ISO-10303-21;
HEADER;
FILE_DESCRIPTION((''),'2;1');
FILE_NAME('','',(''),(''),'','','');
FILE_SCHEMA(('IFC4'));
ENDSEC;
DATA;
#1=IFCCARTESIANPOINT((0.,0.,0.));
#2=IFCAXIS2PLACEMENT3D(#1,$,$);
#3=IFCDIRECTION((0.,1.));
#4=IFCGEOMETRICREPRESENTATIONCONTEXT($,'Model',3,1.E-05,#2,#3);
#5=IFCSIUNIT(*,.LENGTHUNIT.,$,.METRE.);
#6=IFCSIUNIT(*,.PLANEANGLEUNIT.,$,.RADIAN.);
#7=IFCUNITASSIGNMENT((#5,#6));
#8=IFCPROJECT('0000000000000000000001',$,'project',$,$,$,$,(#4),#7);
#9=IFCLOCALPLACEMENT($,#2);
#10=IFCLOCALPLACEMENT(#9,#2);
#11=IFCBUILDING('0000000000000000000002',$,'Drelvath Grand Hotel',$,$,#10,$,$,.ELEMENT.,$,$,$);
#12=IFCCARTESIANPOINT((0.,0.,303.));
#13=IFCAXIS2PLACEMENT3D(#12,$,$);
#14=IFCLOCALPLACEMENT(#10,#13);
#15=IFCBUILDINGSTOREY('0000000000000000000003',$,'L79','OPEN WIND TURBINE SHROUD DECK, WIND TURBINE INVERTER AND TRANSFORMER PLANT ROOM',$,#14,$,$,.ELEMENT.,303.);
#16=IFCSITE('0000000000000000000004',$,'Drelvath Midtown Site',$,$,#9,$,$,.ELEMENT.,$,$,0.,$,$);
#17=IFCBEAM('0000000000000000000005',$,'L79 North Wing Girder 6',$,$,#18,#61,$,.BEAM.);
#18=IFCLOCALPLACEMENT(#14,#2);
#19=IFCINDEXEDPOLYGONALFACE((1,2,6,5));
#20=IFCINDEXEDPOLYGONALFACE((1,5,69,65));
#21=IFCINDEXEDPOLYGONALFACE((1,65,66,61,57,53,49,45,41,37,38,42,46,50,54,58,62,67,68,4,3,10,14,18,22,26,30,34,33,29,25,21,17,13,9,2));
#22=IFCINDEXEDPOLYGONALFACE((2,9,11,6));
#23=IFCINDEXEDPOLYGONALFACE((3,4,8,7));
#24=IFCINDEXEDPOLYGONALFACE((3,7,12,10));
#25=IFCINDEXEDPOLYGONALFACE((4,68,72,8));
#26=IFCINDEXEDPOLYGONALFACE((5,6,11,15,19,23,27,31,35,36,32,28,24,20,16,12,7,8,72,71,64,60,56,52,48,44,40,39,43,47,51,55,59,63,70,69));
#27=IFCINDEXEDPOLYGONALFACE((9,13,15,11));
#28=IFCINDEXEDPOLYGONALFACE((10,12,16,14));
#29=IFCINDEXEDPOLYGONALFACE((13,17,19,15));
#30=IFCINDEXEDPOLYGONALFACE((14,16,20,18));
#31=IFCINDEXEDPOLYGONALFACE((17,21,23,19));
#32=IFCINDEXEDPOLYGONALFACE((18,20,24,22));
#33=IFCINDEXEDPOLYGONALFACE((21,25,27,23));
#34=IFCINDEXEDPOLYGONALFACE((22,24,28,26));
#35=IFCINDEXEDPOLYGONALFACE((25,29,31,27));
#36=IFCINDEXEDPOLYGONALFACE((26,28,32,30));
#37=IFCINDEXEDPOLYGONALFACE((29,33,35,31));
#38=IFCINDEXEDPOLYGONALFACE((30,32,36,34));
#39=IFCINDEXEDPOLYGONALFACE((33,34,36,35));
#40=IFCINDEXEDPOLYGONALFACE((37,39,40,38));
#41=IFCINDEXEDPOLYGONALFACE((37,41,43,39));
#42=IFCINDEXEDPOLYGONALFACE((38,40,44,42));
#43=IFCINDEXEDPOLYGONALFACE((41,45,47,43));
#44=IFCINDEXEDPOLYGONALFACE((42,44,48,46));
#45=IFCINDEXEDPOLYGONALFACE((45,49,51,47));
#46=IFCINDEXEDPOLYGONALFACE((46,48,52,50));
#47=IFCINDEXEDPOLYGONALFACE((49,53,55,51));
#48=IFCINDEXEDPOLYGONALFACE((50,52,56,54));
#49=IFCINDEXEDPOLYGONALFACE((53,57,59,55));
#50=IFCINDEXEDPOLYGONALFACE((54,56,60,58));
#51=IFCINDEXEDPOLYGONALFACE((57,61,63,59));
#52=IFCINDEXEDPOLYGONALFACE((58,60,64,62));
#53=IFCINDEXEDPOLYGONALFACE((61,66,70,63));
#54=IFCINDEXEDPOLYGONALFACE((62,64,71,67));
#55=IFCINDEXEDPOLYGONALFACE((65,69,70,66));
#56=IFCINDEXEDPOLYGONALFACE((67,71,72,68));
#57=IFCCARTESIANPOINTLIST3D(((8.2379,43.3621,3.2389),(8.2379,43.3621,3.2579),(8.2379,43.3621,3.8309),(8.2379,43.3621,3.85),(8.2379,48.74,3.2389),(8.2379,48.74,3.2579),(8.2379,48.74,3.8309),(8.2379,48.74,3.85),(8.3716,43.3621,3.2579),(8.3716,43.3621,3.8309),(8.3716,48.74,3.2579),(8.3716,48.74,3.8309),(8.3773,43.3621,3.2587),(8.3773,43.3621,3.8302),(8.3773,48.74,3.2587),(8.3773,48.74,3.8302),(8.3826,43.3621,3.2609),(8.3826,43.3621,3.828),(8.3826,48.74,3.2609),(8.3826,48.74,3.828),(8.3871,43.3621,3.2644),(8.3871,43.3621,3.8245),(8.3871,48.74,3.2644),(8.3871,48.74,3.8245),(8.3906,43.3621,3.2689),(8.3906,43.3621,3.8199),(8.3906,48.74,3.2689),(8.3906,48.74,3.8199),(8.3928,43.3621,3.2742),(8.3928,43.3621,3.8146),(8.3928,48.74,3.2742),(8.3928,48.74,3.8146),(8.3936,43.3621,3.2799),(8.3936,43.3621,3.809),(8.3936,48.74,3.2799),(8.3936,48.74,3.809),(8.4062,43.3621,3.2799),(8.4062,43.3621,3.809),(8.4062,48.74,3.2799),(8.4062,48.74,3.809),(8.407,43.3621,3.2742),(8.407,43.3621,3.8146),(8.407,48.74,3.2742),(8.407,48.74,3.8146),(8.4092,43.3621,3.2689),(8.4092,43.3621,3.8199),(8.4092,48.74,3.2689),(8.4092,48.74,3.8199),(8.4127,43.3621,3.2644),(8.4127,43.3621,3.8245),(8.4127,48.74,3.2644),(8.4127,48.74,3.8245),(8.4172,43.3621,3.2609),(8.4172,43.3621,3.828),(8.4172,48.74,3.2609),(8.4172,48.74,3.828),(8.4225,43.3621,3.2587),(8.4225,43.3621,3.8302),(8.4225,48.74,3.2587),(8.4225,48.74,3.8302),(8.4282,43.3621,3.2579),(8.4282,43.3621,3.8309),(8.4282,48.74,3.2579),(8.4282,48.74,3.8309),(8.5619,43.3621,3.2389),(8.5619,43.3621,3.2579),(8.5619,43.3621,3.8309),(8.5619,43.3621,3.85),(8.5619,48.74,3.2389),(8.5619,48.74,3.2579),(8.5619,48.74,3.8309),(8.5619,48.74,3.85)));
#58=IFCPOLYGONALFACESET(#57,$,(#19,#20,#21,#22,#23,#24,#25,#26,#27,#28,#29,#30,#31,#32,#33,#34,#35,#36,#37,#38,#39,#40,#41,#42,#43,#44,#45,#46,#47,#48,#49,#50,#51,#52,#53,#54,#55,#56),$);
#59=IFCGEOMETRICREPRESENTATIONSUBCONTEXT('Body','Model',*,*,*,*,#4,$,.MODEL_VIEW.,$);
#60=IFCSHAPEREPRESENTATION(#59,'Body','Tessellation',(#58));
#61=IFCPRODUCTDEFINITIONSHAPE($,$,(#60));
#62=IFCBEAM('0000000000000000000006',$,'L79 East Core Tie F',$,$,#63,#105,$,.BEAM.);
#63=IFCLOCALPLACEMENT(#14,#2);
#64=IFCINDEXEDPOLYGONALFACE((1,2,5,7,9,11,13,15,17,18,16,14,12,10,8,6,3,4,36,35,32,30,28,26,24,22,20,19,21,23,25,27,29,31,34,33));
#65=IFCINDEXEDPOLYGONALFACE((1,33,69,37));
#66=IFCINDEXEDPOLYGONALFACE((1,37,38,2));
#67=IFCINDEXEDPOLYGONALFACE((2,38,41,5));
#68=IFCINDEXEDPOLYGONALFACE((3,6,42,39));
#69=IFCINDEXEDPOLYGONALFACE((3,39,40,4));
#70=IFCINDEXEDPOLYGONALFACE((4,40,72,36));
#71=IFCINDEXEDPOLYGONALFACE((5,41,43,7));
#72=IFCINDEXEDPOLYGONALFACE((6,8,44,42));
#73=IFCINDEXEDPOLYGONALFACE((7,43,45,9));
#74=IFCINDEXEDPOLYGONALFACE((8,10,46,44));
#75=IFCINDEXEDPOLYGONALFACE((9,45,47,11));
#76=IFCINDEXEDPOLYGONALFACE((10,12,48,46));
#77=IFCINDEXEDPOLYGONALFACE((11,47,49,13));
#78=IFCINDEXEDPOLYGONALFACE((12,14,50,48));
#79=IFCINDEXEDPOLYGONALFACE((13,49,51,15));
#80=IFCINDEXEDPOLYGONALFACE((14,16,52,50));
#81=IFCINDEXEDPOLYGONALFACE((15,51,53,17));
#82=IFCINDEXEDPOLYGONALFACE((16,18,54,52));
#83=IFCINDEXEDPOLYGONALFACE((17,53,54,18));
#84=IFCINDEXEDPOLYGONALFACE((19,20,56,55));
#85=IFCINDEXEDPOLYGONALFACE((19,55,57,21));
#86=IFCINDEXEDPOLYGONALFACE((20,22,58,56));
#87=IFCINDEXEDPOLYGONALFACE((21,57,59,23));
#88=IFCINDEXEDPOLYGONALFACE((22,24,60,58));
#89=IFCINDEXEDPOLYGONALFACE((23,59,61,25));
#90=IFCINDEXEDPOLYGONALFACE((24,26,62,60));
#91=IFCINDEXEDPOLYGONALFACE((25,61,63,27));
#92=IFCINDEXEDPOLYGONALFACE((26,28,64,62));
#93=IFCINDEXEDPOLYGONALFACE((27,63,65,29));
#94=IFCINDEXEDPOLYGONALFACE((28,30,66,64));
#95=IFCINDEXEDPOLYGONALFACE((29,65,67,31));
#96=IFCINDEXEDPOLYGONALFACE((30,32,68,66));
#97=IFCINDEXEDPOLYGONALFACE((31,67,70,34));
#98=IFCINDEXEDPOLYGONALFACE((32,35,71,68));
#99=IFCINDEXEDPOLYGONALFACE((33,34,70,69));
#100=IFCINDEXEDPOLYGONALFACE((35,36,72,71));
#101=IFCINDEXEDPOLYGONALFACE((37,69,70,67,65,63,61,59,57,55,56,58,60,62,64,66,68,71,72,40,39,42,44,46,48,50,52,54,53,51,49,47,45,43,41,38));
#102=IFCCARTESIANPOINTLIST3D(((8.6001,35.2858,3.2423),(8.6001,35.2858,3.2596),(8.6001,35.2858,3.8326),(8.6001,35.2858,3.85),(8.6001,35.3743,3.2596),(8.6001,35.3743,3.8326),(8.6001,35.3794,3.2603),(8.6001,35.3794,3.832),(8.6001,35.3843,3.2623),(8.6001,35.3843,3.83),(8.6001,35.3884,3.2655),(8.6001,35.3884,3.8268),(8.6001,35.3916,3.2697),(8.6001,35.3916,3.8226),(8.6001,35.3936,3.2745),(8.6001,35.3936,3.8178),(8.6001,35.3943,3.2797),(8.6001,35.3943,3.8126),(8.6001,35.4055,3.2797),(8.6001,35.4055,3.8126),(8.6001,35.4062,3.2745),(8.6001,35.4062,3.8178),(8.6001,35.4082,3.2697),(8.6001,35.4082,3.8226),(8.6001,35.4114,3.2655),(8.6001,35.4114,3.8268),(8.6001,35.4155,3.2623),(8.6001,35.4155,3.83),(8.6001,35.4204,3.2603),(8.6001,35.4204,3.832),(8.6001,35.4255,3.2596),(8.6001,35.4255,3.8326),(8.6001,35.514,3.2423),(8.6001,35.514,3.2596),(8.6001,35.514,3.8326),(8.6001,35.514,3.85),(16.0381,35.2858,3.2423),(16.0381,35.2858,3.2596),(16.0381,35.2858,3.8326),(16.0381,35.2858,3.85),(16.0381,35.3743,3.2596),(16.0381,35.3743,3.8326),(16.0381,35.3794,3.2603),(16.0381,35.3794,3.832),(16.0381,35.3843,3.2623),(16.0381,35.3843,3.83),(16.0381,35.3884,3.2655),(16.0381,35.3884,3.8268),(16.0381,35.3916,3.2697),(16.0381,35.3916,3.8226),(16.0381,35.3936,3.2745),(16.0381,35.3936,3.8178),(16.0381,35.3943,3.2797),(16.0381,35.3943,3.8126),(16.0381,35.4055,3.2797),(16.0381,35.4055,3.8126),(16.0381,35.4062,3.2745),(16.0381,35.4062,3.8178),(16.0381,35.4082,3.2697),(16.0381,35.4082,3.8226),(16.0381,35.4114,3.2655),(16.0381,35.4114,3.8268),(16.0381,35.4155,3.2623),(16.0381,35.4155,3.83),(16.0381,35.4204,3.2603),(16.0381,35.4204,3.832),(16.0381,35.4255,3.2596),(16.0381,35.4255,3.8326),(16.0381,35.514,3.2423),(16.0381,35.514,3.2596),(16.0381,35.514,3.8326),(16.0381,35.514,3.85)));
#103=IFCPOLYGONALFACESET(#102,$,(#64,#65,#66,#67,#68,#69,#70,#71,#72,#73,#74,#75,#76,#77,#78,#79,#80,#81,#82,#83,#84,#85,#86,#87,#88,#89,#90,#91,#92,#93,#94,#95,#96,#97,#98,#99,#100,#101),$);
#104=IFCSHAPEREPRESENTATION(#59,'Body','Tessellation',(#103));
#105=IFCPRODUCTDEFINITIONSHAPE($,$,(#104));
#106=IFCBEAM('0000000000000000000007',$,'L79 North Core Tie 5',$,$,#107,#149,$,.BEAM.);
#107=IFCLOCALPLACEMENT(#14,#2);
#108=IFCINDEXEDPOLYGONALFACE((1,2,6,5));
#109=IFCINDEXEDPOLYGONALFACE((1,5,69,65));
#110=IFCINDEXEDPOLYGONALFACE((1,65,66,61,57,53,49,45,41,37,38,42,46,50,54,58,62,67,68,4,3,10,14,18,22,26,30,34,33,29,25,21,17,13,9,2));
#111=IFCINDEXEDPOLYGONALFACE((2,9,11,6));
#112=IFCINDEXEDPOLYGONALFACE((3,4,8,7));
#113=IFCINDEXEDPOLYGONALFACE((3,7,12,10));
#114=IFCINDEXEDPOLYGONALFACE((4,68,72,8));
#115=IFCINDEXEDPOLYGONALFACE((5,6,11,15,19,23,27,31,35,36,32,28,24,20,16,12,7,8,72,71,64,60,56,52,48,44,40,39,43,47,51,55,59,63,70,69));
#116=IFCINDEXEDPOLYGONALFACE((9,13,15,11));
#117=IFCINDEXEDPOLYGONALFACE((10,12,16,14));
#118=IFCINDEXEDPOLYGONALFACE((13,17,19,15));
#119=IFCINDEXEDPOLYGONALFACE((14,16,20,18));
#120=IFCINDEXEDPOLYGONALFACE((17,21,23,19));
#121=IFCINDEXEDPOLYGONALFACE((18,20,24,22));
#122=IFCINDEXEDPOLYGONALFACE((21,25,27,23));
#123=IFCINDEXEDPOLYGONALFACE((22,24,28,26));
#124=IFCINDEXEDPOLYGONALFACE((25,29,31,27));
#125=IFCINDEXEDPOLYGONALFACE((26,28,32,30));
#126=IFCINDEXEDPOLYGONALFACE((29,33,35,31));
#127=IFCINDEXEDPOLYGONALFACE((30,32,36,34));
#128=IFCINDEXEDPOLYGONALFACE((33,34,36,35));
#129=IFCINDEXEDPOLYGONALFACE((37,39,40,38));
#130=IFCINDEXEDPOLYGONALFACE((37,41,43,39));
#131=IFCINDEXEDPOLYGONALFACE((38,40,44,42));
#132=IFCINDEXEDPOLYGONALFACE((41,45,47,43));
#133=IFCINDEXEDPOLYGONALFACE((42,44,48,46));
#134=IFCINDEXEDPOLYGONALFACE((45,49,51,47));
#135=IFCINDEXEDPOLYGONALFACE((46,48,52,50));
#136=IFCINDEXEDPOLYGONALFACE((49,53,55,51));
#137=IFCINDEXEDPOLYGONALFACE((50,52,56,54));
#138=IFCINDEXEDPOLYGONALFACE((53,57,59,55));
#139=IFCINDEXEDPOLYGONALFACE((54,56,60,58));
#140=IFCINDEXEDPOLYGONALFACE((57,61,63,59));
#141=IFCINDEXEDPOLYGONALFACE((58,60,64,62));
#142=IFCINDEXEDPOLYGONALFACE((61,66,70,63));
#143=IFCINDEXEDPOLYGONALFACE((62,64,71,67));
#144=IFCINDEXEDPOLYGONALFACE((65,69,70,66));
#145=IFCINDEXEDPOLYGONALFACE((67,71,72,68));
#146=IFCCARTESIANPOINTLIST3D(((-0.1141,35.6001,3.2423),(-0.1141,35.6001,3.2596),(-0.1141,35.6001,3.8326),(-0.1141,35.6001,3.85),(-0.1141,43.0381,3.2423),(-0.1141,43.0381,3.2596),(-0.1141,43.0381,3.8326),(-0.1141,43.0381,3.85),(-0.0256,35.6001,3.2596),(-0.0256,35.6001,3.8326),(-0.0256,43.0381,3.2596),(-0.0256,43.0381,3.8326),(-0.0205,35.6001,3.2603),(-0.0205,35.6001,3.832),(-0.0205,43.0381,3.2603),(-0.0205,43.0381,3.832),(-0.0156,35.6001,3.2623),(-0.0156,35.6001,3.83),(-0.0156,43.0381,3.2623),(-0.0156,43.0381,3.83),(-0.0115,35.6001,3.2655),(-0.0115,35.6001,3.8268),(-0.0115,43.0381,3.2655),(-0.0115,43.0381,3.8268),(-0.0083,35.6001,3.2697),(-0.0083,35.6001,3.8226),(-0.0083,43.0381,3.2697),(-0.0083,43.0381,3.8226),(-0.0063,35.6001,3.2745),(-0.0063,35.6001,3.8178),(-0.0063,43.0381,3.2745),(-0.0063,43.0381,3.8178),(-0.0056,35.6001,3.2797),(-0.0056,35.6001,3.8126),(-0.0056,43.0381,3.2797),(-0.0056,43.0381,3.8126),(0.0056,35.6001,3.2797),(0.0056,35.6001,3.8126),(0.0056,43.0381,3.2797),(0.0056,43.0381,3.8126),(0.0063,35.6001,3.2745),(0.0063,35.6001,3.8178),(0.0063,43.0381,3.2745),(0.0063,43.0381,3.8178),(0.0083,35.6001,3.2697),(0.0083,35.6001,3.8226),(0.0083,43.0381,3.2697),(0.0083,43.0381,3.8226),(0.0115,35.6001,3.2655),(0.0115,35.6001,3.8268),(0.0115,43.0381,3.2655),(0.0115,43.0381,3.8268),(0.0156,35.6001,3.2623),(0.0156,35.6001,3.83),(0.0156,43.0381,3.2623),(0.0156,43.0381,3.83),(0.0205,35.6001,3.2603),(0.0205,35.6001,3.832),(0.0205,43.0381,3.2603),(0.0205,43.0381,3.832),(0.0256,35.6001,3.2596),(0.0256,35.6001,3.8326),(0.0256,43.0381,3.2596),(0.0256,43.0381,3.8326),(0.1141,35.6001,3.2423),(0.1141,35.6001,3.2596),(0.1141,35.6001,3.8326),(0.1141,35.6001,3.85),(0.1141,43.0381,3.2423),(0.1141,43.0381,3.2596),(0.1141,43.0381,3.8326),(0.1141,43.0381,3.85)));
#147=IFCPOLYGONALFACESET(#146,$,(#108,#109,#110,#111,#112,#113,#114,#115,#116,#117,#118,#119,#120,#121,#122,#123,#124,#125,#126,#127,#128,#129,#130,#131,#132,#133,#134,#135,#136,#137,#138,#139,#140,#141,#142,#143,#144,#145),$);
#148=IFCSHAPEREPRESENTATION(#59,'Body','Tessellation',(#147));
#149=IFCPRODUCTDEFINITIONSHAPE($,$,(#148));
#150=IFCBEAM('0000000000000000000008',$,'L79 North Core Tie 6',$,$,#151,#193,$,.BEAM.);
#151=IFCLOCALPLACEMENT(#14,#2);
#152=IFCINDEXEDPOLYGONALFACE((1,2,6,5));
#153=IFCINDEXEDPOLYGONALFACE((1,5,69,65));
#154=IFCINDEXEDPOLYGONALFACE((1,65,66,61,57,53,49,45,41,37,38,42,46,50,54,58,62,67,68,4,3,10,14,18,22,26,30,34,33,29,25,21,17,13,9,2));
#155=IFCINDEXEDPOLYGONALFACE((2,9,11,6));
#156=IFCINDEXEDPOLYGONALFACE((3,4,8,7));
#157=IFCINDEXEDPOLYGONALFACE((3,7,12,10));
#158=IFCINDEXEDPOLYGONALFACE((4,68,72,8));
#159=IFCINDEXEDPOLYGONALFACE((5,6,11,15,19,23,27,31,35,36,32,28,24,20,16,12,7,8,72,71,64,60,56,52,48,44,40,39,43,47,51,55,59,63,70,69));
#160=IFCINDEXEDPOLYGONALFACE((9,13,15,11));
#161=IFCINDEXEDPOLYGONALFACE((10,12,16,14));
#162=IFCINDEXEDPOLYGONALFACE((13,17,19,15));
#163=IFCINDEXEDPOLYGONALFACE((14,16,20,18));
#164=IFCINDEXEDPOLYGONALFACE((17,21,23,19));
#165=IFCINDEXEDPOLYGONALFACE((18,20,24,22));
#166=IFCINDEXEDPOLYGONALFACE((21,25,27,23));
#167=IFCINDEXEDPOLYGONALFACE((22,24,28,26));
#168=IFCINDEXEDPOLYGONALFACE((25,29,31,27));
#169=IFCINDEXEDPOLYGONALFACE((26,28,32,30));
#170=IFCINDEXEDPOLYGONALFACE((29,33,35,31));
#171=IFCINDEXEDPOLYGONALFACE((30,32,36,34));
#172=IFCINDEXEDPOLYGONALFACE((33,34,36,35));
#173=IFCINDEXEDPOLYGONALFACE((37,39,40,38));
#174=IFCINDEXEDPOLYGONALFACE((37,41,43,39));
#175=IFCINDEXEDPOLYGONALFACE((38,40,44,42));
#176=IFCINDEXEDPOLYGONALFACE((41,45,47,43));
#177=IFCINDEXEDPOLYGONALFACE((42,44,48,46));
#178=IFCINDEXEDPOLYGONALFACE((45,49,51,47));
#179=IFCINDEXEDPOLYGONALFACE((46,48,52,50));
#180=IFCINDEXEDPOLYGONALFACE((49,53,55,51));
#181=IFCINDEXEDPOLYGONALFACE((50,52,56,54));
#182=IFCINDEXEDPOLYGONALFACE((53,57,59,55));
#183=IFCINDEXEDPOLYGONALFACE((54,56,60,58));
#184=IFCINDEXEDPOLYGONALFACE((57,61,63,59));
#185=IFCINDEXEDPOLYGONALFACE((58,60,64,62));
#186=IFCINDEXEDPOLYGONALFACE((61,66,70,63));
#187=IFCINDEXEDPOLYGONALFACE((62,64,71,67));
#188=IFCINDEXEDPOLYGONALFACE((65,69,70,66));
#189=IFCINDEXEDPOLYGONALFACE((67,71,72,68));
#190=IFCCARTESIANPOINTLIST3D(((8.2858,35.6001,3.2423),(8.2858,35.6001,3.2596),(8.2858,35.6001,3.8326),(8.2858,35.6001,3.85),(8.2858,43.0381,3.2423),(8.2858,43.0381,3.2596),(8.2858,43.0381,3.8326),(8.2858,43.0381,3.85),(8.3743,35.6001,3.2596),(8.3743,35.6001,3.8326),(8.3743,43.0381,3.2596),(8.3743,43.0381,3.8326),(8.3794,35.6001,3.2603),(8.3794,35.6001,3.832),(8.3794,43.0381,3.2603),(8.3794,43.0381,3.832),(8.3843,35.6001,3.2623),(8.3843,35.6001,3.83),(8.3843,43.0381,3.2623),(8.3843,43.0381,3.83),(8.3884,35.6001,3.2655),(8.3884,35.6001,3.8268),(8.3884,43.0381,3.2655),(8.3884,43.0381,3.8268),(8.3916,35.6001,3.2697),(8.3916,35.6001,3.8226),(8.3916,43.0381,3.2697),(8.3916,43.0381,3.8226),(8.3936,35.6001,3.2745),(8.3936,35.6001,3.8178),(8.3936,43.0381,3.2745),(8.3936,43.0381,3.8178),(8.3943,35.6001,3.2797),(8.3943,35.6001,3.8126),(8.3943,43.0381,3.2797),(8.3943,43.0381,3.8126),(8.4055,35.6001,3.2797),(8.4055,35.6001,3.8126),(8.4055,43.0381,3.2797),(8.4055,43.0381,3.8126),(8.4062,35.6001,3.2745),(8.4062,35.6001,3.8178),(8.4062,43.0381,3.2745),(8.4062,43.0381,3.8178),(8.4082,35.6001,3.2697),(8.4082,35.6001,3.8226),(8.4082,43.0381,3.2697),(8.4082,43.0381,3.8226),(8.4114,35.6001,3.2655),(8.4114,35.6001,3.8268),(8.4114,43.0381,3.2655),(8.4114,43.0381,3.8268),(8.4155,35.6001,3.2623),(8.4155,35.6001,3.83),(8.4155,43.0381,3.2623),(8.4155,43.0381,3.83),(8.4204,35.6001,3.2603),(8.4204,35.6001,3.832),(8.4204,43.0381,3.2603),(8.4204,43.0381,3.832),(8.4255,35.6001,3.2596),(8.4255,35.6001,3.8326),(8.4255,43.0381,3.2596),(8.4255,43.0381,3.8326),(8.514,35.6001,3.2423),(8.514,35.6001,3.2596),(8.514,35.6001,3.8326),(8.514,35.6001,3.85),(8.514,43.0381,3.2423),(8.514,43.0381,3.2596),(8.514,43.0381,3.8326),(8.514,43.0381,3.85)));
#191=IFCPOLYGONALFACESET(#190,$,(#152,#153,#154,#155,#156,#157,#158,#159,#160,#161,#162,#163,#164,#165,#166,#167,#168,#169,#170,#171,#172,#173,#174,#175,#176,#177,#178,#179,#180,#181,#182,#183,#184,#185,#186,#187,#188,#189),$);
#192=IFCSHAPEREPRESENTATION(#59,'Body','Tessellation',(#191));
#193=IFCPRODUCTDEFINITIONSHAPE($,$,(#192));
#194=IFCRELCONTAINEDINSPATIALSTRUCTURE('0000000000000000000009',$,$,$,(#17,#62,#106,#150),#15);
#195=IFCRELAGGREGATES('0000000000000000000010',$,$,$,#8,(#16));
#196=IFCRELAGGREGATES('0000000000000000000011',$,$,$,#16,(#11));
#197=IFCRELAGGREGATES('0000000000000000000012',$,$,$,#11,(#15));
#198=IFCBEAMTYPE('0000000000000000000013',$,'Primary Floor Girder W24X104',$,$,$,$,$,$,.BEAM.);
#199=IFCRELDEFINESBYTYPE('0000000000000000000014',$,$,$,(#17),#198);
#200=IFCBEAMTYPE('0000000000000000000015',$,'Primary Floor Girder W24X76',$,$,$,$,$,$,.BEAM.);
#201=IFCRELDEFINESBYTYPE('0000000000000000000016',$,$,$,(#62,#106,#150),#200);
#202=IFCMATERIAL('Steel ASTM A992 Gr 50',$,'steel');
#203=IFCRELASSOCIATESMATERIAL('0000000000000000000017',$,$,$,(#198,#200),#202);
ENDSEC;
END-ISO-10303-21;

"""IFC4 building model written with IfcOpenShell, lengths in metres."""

from ifc_helpers import new_model, si_unit, direction, frame, origin, origin_2d, place, context, subcontext, project, spatial, i_section, extrude, material, material_profile, profile_set, type_object, element, save


model = new_model("IFC4")

# Units and contexts
model_context = context("Model", 3, precision=1e-05, world=origin(), true_north=direction((0.0, 1.0)))
body_context = subcontext(model_context, "Body", "Model", "MODEL_VIEW")
ifc_project = project(units=[si_unit("LENGTHUNIT", "METRE"), si_unit("PLANEANGLEUNIT", "RADIAN")], contexts=[model_context])

# Site, building, storey
site_placement = place(None, origin())
site = spatial("IfcSite", under=ifc_project, at=site_placement, Name="Drelvath Midtown Site", CompositionType="ELEMENT", RefElevation=0.0)
building_placement = place(site_placement, origin())
building = spatial("IfcBuilding", under=site, at=building_placement, Name="Drelvath Grand Hotel", CompositionType="ELEMENT")
storey_placement = place(building_placement, frame((0.0, 0.0, 303.0)))
storey = spatial("IfcBuildingStorey", under=building, at=storey_placement, Name="L79", Description="OPEN WIND TURBINE SHROUD DECK, WIND TURBINE INVERTER AND TRANSFORMER PLANT ROOM", CompositionType="ELEMENT", Elevation=303.0)

# Beams
ifc_material_1 = material(Name="Steel ASTM A992 Gr 50", Category="steel")
ifc_material_profile_1 = material_profile(ifc_material_1, i_section(OverallWidth=0.324, OverallDepth=0.6111, WebThickness=0.0127, FlangeThickness=0.019, FilletRadius=0.022, at=origin_2d()), Name="W24X104")
ifc_profile_set_1 = profile_set([ifc_material_profile_1], Name="Steel ASTM A992 Gr 50")
beam_type_1 = type_object("IfcBeamType", Name="Primary Floor Girder W24X104", PredefinedType="BEAM", material=ifc_profile_set_1)
beam_1_placement = place(storey_placement, frame((8.3999, 43.3621, 3.5444), z_axis=(0.0, 1.0, 0.0), x_axis=(-1.0, 0.0, 0.0)))
element("IfcBeam", 1, at=beam_1_placement, inside=storey, type_object=beam_type_1, Name="L79 North Wing Girder 6", PredefinedType="BEAM", context=body_context, shape_type="SweptSolid", body=[
    extrude(i_section(OverallWidth=0.324, OverallDepth=0.6111, WebThickness=0.0127, FlangeThickness=0.019, FilletRadius=0.022, at=origin_2d()), origin(), (0.0, 0.0, 1.0), 5.3779),
])
ifc_material_profile_2 = material_profile(ifc_material_1, i_section(OverallWidth=0.2283, OverallDepth=0.6077, WebThickness=0.0112, FlangeThickness=0.0173, FilletRadius=0.02, at=origin_2d()), Name="W24X76")
ifc_profile_set_2 = profile_set([ifc_material_profile_2], Name="Steel ASTM A992 Gr 50")
beam_type_2 = type_object("IfcBeamType", Name="Primary Floor Girder W24X76", PredefinedType="BEAM", material=ifc_profile_set_2)
for number, where, z_axis, x_axis, name in (
    (2, (8.6001, 35.3999, 3.5461), (1.0, 0.0, 0.0), (0.0, 1.0, 0.0), "L79 East Core Tie F"),
    (3, (0.0, 35.6001, 3.5461), (0.0, 1.0, 0.0), (-1.0, 0.0, 0.0), "L79 North Core Tie 5"),
    (4, (8.3999, 35.6001, 3.5461), (0.0, 1.0, 0.0), (-1.0, 0.0, 0.0), "L79 North Core Tie 6"),
):
    element("IfcBeam", number, at=place(storey_placement, frame(where, z_axis=z_axis, x_axis=x_axis)), inside=storey, type_object=beam_type_2, Name=name, PredefinedType="BEAM", context=body_context, shape_type="SweptSolid", body=[
        extrude(i_section(OverallWidth=0.2283, OverallDepth=0.6077, WebThickness=0.0112, FlangeThickness=0.0173, FilletRadius=0.02, at=origin_2d()), origin(), (0.0, 0.0, 1.0), 7.438),
    ])

save(model, "model.ifc")
